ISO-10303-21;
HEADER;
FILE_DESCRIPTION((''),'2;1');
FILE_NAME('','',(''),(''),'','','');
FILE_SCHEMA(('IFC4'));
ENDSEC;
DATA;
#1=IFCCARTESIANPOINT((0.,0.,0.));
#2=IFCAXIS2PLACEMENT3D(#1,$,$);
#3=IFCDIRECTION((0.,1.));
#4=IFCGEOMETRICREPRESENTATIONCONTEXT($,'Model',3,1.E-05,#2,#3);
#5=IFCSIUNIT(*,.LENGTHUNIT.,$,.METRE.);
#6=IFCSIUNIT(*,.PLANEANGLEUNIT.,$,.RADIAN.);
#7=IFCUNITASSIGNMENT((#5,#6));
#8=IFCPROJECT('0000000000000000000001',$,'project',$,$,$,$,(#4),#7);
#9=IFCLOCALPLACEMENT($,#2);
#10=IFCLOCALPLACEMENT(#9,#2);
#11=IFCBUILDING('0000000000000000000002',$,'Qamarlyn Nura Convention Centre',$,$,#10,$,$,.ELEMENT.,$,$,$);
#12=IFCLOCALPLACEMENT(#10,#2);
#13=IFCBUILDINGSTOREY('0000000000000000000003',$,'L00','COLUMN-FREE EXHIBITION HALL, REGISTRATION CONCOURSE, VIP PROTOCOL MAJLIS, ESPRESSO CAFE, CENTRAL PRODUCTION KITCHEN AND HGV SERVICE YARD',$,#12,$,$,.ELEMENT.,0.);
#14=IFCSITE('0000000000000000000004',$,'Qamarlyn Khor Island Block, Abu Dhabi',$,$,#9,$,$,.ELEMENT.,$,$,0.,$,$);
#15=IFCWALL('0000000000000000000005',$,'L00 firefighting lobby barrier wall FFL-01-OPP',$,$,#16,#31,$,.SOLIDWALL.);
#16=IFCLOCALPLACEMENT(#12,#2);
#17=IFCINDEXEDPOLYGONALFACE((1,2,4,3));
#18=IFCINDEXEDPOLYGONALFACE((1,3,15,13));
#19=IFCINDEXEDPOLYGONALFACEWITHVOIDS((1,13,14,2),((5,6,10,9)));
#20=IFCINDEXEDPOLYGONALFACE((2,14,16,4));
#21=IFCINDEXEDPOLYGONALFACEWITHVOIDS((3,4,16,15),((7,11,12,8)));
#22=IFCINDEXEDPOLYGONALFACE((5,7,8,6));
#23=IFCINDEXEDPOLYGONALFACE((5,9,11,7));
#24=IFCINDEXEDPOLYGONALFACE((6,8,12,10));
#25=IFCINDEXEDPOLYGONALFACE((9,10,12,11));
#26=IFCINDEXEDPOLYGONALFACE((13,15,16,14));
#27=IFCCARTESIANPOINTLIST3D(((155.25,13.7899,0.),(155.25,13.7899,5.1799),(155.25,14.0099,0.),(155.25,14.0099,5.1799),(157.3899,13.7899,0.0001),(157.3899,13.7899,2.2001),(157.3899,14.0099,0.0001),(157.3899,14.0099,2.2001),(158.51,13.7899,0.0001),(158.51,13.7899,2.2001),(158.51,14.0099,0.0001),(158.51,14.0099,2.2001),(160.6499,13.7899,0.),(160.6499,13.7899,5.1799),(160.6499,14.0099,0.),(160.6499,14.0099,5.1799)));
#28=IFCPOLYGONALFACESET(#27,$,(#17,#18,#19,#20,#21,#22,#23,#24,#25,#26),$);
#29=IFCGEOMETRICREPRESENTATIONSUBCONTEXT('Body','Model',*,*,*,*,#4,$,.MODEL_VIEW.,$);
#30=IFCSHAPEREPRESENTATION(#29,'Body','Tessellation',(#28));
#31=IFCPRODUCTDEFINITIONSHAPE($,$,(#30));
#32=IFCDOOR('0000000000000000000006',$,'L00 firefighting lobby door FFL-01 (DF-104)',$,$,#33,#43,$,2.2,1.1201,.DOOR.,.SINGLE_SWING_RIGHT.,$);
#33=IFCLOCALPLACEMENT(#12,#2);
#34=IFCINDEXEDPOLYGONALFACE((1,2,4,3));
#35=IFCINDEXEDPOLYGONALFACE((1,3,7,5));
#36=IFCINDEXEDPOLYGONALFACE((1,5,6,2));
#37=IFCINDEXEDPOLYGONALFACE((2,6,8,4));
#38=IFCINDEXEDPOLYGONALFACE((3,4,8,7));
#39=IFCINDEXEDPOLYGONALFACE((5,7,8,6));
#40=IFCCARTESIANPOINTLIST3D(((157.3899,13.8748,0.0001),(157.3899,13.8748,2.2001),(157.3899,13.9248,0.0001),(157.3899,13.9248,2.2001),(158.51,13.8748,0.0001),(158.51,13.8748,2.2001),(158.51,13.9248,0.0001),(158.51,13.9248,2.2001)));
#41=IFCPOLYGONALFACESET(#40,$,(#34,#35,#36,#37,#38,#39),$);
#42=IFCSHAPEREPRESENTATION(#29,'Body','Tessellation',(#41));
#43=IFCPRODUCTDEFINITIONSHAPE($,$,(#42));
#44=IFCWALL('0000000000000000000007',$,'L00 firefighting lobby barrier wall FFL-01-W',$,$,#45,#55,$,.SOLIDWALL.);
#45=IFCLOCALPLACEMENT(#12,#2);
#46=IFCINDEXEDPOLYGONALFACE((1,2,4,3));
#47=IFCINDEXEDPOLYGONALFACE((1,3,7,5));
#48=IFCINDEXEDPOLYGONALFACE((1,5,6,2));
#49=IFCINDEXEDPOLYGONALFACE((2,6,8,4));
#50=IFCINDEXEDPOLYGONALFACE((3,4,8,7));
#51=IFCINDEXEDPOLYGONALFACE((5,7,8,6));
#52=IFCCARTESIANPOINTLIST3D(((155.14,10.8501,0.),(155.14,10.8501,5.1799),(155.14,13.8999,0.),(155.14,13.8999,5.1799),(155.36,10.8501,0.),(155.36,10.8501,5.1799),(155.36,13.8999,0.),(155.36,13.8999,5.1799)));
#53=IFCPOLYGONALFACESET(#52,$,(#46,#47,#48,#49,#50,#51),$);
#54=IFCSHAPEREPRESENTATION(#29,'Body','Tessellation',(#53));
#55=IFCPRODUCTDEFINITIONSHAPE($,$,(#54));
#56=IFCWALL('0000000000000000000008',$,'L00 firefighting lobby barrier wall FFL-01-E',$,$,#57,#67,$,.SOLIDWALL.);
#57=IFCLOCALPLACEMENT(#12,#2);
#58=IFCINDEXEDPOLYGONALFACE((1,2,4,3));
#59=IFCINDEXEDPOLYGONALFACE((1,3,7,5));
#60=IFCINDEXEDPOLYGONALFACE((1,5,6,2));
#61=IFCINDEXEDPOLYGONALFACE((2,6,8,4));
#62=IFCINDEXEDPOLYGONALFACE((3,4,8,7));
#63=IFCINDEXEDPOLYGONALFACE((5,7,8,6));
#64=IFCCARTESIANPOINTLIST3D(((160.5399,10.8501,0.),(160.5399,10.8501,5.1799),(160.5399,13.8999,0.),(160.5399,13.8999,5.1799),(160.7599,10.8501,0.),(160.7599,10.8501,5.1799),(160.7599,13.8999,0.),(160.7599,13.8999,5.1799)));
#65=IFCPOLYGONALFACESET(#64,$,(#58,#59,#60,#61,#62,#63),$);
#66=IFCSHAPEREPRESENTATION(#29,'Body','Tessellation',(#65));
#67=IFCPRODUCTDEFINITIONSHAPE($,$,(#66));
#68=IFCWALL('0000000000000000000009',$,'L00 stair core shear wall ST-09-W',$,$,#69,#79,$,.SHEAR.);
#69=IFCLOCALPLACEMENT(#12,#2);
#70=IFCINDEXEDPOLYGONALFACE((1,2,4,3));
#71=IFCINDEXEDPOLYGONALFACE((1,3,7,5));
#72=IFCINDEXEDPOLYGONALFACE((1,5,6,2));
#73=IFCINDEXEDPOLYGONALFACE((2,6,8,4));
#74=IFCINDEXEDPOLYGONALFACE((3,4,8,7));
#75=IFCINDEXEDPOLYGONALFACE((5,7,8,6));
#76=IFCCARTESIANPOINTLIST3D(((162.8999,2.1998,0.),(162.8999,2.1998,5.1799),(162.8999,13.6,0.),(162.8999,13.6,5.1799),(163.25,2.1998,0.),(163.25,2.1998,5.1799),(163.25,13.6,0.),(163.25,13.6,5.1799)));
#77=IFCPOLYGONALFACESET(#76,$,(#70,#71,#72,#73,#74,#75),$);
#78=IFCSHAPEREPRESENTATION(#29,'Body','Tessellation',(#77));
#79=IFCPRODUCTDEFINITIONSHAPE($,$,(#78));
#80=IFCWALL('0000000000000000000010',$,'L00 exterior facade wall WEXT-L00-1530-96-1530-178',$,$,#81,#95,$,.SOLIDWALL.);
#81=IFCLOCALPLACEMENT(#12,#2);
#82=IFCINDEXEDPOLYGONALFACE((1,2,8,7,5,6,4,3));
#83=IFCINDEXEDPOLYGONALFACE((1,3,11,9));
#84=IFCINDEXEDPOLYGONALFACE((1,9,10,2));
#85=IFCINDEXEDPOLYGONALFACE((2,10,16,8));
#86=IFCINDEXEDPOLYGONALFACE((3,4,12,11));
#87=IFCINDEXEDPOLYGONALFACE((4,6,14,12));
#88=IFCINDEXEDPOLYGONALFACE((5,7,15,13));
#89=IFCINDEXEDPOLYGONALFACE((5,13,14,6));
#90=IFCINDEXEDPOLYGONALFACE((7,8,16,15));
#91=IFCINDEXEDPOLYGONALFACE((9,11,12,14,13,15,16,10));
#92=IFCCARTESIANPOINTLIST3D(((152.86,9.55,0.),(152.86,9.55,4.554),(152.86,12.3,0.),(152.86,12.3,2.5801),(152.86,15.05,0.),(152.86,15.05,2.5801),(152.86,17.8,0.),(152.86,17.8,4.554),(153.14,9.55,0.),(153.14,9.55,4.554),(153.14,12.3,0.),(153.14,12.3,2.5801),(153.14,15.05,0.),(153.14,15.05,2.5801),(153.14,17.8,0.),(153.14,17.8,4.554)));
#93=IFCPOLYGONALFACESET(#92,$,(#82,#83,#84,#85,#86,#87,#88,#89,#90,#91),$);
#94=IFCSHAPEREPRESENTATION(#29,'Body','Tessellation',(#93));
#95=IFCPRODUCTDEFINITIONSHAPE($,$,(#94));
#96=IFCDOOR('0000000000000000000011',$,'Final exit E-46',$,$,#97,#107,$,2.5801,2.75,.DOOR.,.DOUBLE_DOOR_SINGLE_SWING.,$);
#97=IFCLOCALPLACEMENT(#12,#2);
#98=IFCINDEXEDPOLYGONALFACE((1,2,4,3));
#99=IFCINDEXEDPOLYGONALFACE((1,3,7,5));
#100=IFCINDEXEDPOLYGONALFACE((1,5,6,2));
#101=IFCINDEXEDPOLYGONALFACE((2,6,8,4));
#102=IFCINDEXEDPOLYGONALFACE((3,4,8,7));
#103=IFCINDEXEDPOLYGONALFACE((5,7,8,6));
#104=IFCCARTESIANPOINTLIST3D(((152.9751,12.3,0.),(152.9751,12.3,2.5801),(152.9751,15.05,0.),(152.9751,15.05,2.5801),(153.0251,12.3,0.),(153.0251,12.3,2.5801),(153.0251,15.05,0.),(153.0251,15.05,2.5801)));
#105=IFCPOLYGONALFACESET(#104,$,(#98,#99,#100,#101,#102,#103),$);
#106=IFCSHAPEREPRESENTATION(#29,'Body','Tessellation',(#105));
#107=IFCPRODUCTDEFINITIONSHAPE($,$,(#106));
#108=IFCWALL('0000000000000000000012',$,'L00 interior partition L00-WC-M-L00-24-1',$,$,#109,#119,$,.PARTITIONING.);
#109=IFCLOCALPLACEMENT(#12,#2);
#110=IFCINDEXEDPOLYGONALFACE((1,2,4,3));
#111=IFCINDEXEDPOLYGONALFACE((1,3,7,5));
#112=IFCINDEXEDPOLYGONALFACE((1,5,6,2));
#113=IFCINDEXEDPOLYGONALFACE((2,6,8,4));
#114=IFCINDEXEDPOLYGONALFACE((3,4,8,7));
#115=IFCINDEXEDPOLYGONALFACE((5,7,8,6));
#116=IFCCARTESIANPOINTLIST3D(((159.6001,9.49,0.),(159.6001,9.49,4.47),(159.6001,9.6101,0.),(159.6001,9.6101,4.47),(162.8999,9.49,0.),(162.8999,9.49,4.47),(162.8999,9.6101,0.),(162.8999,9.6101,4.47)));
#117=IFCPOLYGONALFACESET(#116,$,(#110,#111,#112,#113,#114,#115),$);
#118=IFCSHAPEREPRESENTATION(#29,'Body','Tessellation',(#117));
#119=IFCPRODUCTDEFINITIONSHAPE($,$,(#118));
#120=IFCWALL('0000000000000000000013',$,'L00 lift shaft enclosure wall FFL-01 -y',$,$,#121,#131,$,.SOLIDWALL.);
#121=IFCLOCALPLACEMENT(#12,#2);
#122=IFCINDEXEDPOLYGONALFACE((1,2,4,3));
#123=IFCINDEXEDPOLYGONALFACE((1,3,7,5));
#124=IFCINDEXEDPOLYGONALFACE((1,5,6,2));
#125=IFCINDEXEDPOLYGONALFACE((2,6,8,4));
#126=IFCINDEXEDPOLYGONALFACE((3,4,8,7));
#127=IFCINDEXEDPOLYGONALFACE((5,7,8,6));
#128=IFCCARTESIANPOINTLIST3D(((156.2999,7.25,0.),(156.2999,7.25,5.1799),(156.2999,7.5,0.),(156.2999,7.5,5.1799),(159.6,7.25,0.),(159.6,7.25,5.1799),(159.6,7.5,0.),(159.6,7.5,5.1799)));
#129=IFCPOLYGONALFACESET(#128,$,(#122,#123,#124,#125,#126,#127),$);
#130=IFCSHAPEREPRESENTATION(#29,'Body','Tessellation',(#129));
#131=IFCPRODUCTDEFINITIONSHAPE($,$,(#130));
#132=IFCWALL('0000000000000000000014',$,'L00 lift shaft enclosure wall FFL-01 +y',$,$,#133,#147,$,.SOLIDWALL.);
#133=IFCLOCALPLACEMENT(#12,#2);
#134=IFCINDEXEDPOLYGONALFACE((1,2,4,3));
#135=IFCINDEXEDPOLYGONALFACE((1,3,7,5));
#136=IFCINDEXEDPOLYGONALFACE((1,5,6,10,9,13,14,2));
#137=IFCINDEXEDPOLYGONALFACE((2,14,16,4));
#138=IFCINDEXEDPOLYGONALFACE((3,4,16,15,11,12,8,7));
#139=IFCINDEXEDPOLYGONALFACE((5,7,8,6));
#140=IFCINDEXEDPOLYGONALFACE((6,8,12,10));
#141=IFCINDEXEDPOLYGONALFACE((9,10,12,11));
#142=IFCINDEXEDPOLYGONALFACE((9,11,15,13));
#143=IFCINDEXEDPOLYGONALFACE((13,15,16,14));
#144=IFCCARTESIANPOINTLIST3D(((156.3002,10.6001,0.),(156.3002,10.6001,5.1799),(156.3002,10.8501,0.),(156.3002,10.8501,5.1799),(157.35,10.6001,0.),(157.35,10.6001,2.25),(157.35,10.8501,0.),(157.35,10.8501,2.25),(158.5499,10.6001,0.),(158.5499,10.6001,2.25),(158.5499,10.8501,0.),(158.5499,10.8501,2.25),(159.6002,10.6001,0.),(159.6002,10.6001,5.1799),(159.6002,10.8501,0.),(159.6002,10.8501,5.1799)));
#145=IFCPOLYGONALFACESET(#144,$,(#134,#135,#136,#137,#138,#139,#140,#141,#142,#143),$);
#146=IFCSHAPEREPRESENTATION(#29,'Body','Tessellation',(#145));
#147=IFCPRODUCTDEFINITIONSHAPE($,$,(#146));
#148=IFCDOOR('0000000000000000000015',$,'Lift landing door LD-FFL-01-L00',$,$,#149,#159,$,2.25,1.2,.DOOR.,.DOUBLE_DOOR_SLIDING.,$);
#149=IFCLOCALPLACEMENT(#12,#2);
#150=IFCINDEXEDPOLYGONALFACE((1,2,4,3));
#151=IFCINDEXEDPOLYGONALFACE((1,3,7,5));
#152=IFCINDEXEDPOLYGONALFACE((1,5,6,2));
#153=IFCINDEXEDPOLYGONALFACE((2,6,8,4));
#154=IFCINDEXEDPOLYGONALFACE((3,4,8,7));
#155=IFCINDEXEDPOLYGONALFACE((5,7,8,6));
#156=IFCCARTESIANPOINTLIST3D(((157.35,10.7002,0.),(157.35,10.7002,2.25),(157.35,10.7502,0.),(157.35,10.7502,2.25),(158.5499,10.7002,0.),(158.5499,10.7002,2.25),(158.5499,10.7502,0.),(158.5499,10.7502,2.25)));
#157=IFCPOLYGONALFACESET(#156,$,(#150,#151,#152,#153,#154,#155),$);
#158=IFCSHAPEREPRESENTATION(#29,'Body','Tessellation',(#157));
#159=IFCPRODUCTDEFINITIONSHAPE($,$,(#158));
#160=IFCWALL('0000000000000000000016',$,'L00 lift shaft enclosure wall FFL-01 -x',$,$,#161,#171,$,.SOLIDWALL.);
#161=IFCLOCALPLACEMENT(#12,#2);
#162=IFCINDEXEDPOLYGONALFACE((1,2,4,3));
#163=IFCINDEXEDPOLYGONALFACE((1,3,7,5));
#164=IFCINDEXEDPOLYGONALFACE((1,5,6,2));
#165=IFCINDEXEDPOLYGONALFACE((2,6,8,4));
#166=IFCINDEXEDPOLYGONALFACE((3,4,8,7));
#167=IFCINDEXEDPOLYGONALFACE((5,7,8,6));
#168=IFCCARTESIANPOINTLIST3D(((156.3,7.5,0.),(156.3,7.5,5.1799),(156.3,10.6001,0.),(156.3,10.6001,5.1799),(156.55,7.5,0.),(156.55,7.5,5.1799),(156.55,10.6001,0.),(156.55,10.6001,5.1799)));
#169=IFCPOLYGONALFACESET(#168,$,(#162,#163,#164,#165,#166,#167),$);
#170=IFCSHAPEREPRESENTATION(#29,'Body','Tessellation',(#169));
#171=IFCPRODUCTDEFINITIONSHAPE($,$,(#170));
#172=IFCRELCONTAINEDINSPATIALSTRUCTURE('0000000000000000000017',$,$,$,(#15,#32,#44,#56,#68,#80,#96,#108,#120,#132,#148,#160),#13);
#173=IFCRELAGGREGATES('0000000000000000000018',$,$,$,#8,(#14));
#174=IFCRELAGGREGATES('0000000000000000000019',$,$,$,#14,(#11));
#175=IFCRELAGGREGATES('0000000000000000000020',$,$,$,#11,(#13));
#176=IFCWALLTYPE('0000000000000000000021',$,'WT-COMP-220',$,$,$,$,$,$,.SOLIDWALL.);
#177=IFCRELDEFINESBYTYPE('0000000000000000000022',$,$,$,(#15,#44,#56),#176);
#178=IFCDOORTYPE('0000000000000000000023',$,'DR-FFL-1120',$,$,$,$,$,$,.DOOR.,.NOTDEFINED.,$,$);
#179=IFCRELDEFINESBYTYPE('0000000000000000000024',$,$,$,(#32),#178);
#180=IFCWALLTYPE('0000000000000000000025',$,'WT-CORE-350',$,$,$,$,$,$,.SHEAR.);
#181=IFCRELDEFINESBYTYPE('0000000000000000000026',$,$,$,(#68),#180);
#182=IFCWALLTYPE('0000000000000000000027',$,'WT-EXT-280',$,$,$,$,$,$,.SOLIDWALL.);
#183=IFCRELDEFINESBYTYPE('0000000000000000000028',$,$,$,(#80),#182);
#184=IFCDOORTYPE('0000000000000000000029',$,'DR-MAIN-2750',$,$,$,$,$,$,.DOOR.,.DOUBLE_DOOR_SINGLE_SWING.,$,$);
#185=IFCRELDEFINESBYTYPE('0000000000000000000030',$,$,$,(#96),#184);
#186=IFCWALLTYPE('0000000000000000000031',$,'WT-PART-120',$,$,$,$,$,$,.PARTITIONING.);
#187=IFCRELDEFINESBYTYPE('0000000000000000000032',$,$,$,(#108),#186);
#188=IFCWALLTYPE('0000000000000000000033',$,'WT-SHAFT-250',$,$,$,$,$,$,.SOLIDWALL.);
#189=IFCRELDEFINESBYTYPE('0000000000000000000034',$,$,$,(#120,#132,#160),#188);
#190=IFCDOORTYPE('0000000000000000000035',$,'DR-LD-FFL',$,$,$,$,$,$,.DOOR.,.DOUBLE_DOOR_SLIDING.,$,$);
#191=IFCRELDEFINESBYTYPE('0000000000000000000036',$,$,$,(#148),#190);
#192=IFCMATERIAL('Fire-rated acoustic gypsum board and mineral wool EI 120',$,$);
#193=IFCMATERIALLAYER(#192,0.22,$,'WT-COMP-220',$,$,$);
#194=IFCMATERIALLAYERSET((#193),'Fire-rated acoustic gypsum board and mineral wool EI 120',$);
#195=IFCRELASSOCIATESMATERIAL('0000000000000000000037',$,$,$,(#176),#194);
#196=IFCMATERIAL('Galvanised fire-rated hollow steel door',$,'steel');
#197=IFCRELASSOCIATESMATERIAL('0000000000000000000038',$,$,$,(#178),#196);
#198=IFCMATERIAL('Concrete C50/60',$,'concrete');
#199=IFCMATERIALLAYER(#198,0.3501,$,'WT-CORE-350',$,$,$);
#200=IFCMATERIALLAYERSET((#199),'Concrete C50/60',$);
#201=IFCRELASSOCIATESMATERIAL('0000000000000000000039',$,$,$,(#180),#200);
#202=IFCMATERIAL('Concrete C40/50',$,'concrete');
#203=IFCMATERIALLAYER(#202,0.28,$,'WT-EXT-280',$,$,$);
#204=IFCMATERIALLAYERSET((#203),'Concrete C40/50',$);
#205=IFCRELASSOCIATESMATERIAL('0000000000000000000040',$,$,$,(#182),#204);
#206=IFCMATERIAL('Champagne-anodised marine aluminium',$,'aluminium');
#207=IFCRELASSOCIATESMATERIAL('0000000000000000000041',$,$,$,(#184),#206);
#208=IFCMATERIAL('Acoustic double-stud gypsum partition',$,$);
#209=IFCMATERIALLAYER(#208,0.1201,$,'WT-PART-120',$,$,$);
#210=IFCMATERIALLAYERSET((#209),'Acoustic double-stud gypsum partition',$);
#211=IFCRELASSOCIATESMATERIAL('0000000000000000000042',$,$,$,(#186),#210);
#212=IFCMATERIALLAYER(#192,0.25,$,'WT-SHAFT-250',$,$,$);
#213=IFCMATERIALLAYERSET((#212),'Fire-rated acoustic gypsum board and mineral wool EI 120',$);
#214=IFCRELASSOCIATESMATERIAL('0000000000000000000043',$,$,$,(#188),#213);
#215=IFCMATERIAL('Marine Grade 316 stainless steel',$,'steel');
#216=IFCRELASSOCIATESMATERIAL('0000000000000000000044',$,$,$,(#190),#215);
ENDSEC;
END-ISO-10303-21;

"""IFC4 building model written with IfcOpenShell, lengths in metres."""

from ifc_helpers import new_model, si_unit, direction, frame, frame_2d, origin, place, context, subcontext, project, spatial, rectangle, extrude, material, layer, layer_set, type_object, element, fill, save


model = new_model("IFC4")

# Units and contexts
model_context = context("Model", 3, precision=1e-05, world=origin(), true_north=direction((0.0, 1.0)))
body_context = subcontext(model_context, "Body", "Model", "MODEL_VIEW")
ifc_project = project(units=[si_unit("LENGTHUNIT", "METRE"), si_unit("PLANEANGLEUNIT", "RADIAN")], contexts=[model_context])

# Site, building, storey
site_placement = place(None, origin())
site = spatial("IfcSite", under=ifc_project, at=site_placement, Name="Qamarlyn Khor Island Block, Abu Dhabi", CompositionType="ELEMENT", RefElevation=0.0)
building_placement = place(site_placement, origin())
building = spatial("IfcBuilding", under=site, at=building_placement, Name="Qamarlyn Nura Convention Centre", CompositionType="ELEMENT")
storey_placement = place(building_placement, origin())
storey = spatial("IfcBuildingStorey", under=building, at=storey_placement, Name="L00", Description="COLUMN-FREE EXHIBITION HALL, REGISTRATION CONCOURSE, VIP PROTOCOL MAJLIS, ESPRESSO CAFE, CENTRAL PRODUCTION KITCHEN AND HGV SERVICE YARD", CompositionType="ELEMENT", Elevation=0.0)

# Shared definitions
ifc_material_1 = material(Name="Concrete C50/60", Category="concrete")

# Wall, opening, door
ifc_material_2 = material(Name="Fire-rated acoustic gypsum board and mineral wool EI 120")
ifc_layer_1 = layer(ifc_material_2, 0.22, Name="WT-COMP-220")
ifc_layer_set_1 = layer_set([ifc_layer_1], Name="Fire-rated acoustic gypsum board and mineral wool EI 120")
wall_type_1 = type_object("IfcWallType", Name="WT-COMP-220", PredefinedType="SOLIDWALL", material=ifc_layer_set_1)
wall_1_placement = place(storey_placement, frame((155.25, 13.8999, 0.0), z_axis=(0.0, 0.0, 1.0), x_axis=(1.0, 0.0, 0.0)))
wall_1 = element("IfcWall", 1, at=wall_1_placement, inside=storey, type_object=wall_type_1, Name="L00 firefighting lobby barrier wall FFL-01-OPP", PredefinedType="SOLIDWALL", context=body_context, shape_type="SweptSolid", body=[
    extrude(rectangle(XDim=5.3999, YDim=0.22, at=frame_2d((2.7, 0.0))), origin(), (0.0, 0.0, 1.0), 5.1799),
])
opening_1_placement = place(wall_1_placement, frame((2.1399, 0.0, 0.0)))
opening_1 = element("IfcOpeningElement", 2, at=opening_1_placement, cuts=wall_1, PredefinedType="OPENING", context=body_context, shape_type="SweptSolid", body=[
    extrude(rectangle(XDim=1.1201, YDim=2.2, at=frame_2d((0.5601, 1.1001))), frame((0.0, 0.1201, 0.0), z_axis=(0.0, -1.0, 0.0), x_axis=(1.0, 0.0, 0.0)), (0.0, 0.0, 1.0), 0.24),
])
ifc_material_3 = material(Name="Galvanised fire-rated hollow steel door", Category="steel")
door_type_1 = type_object("IfcDoorType", Name="DR-FFL-1120", OperationType="NOTDEFINED", PredefinedType="DOOR", material=ifc_material_3)
door_1_placement = place(opening_1_placement, origin())
door_1 = element("IfcDoor", 3, at=door_1_placement, inside=storey, type_object=door_type_1, Name="L00 firefighting lobby door FFL-01 (DF-104)", OperationType="SINGLE_SWING_RIGHT", OverallHeight=2.2, OverallWidth=1.1201, PredefinedType="DOOR", context=body_context, shape_type="SweptSolid", body=[
    extrude(rectangle(XDim=1.1201, YDim=2.2, at=frame_2d((0.5601, 1.1001))), frame((0.0, 0.0249, 0.0), z_axis=(0.0, -1.0, 0.0), x_axis=(1.0, 0.0, 0.0)), (0.0, 0.0, 1.0), 0.05),
])
fill(opening_1, door_1)

# Walls
for number, where, z_axis, x_axis, name in (
    (4, (155.25, 10.8501, 0.0), (0.0, 0.0, 1.0), (0.0, 1.0, 0.0), "L00 firefighting lobby barrier wall FFL-01-W"),
    (5, (160.6499, 10.8501, 0.0), (0.0, 0.0, 1.0), (0.0, 1.0, 0.0), "L00 firefighting lobby barrier wall FFL-01-E"),
):
    element("IfcWall", number, at=place(storey_placement, frame(where, z_axis=z_axis, x_axis=x_axis)), inside=storey, type_object=wall_type_1, Name=name, PredefinedType="SOLIDWALL", context=body_context, shape_type="SweptSolid", body=[
        extrude(rectangle(XDim=3.0498, YDim=0.22, at=frame_2d((1.5249, 0.0))), origin(), (0.0, 0.0, 1.0), 5.1799),
    ])
ifc_layer_2 = layer(ifc_material_1, 0.3501, Name="WT-CORE-350")
ifc_layer_set_2 = layer_set([ifc_layer_2], Name="Concrete C50/60")
wall_type_2 = type_object("IfcWallType", Name="WT-CORE-350", PredefinedType="SHEAR", material=ifc_layer_set_2)
wall_2_placement = place(storey_placement, frame((163.075, 13.6001, 0.0), z_axis=(0.0, 0.0, 1.0), x_axis=(0.0, -1.0, 0.0)))
element("IfcWall", 6, at=wall_2_placement, inside=storey, type_object=wall_type_2, Name="L00 stair core shear wall ST-09-W", PredefinedType="SHEAR", context=body_context, shape_type="SweptSolid", body=[
    extrude(rectangle(XDim=11.4001, YDim=0.3501, at=frame_2d((5.7002, 0.0))), origin(), (0.0, 0.0, 1.0), 5.1799),
])

# Wall, opening, door
ifc_material_4 = material(Name="Concrete C40/50", Category="concrete")
ifc_layer_3 = layer(ifc_material_4, 0.28, Name="WT-EXT-280")
ifc_layer_set_3 = layer_set([ifc_layer_3], Name="Concrete C40/50")
wall_type_3 = type_object("IfcWallType", Name="WT-EXT-280", PredefinedType="SOLIDWALL", material=ifc_layer_set_3)
wall_3_placement = place(storey_placement, frame((153.0, 9.55, 0.0), z_axis=(0.0, 0.0, 1.0), x_axis=(0.0, 1.0, 0.0)))
wall_3 = element("IfcWall", 7, at=wall_3_placement, inside=storey, type_object=wall_type_3, Name="L00 exterior facade wall WEXT-L00-1530-96-1530-178", PredefinedType="SOLIDWALL", context=body_context, shape_type="SweptSolid", body=[
    extrude(rectangle(XDim=8.25, YDim=0.28, at=frame_2d((4.125, 0.0))), origin(), (0.0, 0.0, 1.0), 4.554),
])
opening_2_placement = place(wall_3_placement, frame((2.75, 0.0, 0.0)))
opening_2 = element("IfcOpeningElement", 8, at=opening_2_placement, cuts=wall_3, PredefinedType="OPENING", context=body_context, shape_type="SweptSolid", body=[
    extrude(rectangle(XDim=2.75, YDim=2.5801, at=frame_2d((1.375, 1.29))), frame((0.0, 0.1499, 0.0), z_axis=(0.0, -1.0, 0.0), x_axis=(1.0, 0.0, 0.0)), (0.0, 0.0, 1.0), 0.3),
])
ifc_material_5 = material(Name="Champagne-anodised marine aluminium", Category="aluminium")
door_type_2 = type_object("IfcDoorType", Name="DR-MAIN-2750", OperationType="DOUBLE_DOOR_SINGLE_SWING", PredefinedType="DOOR", material=ifc_material_5)
door_2_placement = place(opening_2_placement, origin())
door_2 = element("IfcDoor", 9, at=door_2_placement, inside=storey, type_object=door_type_2, Name="Final exit E-46", OperationType="DOUBLE_DOOR_SINGLE_SWING", OverallHeight=2.5801, OverallWidth=2.75, PredefinedType="DOOR", context=body_context, shape_type="SweptSolid", body=[
    extrude(rectangle(XDim=2.75, YDim=2.5801, at=frame_2d((1.375, 1.29))), frame((0.0, 0.0249, 0.0), z_axis=(0.0, -1.0, 0.0), x_axis=(1.0, 0.0, 0.0)), (0.0, 0.0, 1.0), 0.05),
])
fill(opening_2, door_2)
ifc_material_6 = material(Name="Acoustic double-stud gypsum partition")
ifc_layer_4 = layer(ifc_material_6, 0.1201, Name="WT-PART-120")
ifc_layer_set_4 = layer_set([ifc_layer_4], Name="Acoustic double-stud gypsum partition")
wall_type_4 = type_object("IfcWallType", Name="WT-PART-120", PredefinedType="PARTITIONING", material=ifc_layer_set_4)

# Walls
wall_4_placement = place(storey_placement, frame((162.8999, 9.55, 0.0), z_axis=(0.0, 0.0, 1.0), x_axis=(-1.0, 0.0, 0.0)))
element("IfcWall", 10, at=wall_4_placement, inside=storey, type_object=wall_type_4, Name="L00 interior partition L00-WC-M-L00-24-1", PredefinedType="PARTITIONING", context=body_context, shape_type="SweptSolid", body=[
    extrude(rectangle(XDim=3.2998, YDim=0.1201, at=frame_2d((1.6499, 0.0))), origin(), (0.0, 0.0, 1.0), 4.47),
])
ifc_layer_5 = layer(ifc_material_2, 0.25, Name="WT-SHAFT-250")
ifc_layer_set_5 = layer_set([ifc_layer_5], Name="Fire-rated acoustic gypsum board and mineral wool EI 120")
wall_type_5 = type_object("IfcWallType", Name="WT-SHAFT-250", PredefinedType="SOLIDWALL", material=ifc_layer_set_5)
wall_5_placement = place(storey_placement, frame((156.3, 7.375, 0.0), z_axis=(0.0, 0.0, 1.0), x_axis=(1.0, 0.0, 0.0)))
element("IfcWall", 11, at=wall_5_placement, inside=storey, type_object=wall_type_5, Name="L00 lift shaft enclosure wall FFL-01 -y", PredefinedType="SOLIDWALL", context=body_context, shape_type="SweptSolid", body=[
    extrude(rectangle(XDim=3.3, YDim=0.25, at=frame_2d((1.6499, 0.0))), origin(), (0.0, 0.0, 1.0), 5.1799),
])

# Wall, opening, door
wall_6_placement = place(storey_placement, frame((159.6001, 10.7251, 0.0), z_axis=(0.0, 0.0, 1.0), x_axis=(-1.0, 0.0, 0.0)))
wall_6 = element("IfcWall", 12, at=wall_6_placement, inside=storey, type_object=wall_type_5, Name="L00 lift shaft enclosure wall FFL-01 +y", PredefinedType="SOLIDWALL", context=body_context, shape_type="SweptSolid", body=[
    extrude(rectangle(XDim=3.3, YDim=0.25, at=frame_2d((1.6499, 0.0))), origin(), (0.0, 0.0, 1.0), 5.1799),
])
opening_3_placement = place(wall_6_placement, frame((1.05, 0.0, 0.0)))
opening_3 = element("IfcOpeningElement", 13, at=opening_3_placement, cuts=wall_6, PredefinedType="OPENING", context=body_context, shape_type="SweptSolid", body=[
    extrude(rectangle(XDim=1.2, YDim=2.25, at=frame_2d((0.6001, 1.125))), frame((0.0, 0.135, 0.0), z_axis=(0.0, -1.0, 0.0), x_axis=(1.0, 0.0, 0.0)), (0.0, 0.0, 1.0), 0.27),
])
ifc_material_7 = material(Name="Marine Grade 316 stainless steel", Category="steel")
door_type_3 = type_object("IfcDoorType", Name="DR-LD-FFL", OperationType="DOUBLE_DOOR_SLIDING", PredefinedType="DOOR", material=ifc_material_7)
door_3_placement = place(opening_3_placement, origin())
door_3 = element("IfcDoor", 14, at=door_3_placement, inside=storey, type_object=door_type_3, Name="Lift landing door LD-FFL-01-L00", OperationType="DOUBLE_DOOR_SLIDING", OverallHeight=2.25, OverallWidth=1.2, PredefinedType="DOOR", context=body_context, shape_type="SweptSolid", body=[
    extrude(rectangle(XDim=1.2, YDim=2.25, at=frame_2d((0.6001, 1.125))), frame((0.0, 0.0249, 0.0), z_axis=(0.0, -1.0, 0.0), x_axis=(1.0, 0.0, 0.0)), (0.0, 0.0, 1.0), 0.05),
])
fill(opening_3, door_3)

# Wall
for number, where, z_axis, x_axis, name in (
    (15, (156.425, 10.6001, 0.0), (0.0, 0.0, 1.0), (0.0, -1.0, 0.0), "L00 lift shaft enclosure wall FFL-01 -x"),
):
    element("IfcWall", number, at=place(storey_placement, frame(where, z_axis=z_axis, x_axis=x_axis)), inside=storey, type_object=wall_type_5, Name=name, PredefinedType="SOLIDWALL", context=body_context, shape_type="SweptSolid", body=[
        extrude(rectangle(XDim=3.1001, YDim=0.25, at=frame_2d((1.55, 0.0))), origin(), (0.0, 0.0, 1.0), 5.1799),
    ])

save(model, "model.ifc")
